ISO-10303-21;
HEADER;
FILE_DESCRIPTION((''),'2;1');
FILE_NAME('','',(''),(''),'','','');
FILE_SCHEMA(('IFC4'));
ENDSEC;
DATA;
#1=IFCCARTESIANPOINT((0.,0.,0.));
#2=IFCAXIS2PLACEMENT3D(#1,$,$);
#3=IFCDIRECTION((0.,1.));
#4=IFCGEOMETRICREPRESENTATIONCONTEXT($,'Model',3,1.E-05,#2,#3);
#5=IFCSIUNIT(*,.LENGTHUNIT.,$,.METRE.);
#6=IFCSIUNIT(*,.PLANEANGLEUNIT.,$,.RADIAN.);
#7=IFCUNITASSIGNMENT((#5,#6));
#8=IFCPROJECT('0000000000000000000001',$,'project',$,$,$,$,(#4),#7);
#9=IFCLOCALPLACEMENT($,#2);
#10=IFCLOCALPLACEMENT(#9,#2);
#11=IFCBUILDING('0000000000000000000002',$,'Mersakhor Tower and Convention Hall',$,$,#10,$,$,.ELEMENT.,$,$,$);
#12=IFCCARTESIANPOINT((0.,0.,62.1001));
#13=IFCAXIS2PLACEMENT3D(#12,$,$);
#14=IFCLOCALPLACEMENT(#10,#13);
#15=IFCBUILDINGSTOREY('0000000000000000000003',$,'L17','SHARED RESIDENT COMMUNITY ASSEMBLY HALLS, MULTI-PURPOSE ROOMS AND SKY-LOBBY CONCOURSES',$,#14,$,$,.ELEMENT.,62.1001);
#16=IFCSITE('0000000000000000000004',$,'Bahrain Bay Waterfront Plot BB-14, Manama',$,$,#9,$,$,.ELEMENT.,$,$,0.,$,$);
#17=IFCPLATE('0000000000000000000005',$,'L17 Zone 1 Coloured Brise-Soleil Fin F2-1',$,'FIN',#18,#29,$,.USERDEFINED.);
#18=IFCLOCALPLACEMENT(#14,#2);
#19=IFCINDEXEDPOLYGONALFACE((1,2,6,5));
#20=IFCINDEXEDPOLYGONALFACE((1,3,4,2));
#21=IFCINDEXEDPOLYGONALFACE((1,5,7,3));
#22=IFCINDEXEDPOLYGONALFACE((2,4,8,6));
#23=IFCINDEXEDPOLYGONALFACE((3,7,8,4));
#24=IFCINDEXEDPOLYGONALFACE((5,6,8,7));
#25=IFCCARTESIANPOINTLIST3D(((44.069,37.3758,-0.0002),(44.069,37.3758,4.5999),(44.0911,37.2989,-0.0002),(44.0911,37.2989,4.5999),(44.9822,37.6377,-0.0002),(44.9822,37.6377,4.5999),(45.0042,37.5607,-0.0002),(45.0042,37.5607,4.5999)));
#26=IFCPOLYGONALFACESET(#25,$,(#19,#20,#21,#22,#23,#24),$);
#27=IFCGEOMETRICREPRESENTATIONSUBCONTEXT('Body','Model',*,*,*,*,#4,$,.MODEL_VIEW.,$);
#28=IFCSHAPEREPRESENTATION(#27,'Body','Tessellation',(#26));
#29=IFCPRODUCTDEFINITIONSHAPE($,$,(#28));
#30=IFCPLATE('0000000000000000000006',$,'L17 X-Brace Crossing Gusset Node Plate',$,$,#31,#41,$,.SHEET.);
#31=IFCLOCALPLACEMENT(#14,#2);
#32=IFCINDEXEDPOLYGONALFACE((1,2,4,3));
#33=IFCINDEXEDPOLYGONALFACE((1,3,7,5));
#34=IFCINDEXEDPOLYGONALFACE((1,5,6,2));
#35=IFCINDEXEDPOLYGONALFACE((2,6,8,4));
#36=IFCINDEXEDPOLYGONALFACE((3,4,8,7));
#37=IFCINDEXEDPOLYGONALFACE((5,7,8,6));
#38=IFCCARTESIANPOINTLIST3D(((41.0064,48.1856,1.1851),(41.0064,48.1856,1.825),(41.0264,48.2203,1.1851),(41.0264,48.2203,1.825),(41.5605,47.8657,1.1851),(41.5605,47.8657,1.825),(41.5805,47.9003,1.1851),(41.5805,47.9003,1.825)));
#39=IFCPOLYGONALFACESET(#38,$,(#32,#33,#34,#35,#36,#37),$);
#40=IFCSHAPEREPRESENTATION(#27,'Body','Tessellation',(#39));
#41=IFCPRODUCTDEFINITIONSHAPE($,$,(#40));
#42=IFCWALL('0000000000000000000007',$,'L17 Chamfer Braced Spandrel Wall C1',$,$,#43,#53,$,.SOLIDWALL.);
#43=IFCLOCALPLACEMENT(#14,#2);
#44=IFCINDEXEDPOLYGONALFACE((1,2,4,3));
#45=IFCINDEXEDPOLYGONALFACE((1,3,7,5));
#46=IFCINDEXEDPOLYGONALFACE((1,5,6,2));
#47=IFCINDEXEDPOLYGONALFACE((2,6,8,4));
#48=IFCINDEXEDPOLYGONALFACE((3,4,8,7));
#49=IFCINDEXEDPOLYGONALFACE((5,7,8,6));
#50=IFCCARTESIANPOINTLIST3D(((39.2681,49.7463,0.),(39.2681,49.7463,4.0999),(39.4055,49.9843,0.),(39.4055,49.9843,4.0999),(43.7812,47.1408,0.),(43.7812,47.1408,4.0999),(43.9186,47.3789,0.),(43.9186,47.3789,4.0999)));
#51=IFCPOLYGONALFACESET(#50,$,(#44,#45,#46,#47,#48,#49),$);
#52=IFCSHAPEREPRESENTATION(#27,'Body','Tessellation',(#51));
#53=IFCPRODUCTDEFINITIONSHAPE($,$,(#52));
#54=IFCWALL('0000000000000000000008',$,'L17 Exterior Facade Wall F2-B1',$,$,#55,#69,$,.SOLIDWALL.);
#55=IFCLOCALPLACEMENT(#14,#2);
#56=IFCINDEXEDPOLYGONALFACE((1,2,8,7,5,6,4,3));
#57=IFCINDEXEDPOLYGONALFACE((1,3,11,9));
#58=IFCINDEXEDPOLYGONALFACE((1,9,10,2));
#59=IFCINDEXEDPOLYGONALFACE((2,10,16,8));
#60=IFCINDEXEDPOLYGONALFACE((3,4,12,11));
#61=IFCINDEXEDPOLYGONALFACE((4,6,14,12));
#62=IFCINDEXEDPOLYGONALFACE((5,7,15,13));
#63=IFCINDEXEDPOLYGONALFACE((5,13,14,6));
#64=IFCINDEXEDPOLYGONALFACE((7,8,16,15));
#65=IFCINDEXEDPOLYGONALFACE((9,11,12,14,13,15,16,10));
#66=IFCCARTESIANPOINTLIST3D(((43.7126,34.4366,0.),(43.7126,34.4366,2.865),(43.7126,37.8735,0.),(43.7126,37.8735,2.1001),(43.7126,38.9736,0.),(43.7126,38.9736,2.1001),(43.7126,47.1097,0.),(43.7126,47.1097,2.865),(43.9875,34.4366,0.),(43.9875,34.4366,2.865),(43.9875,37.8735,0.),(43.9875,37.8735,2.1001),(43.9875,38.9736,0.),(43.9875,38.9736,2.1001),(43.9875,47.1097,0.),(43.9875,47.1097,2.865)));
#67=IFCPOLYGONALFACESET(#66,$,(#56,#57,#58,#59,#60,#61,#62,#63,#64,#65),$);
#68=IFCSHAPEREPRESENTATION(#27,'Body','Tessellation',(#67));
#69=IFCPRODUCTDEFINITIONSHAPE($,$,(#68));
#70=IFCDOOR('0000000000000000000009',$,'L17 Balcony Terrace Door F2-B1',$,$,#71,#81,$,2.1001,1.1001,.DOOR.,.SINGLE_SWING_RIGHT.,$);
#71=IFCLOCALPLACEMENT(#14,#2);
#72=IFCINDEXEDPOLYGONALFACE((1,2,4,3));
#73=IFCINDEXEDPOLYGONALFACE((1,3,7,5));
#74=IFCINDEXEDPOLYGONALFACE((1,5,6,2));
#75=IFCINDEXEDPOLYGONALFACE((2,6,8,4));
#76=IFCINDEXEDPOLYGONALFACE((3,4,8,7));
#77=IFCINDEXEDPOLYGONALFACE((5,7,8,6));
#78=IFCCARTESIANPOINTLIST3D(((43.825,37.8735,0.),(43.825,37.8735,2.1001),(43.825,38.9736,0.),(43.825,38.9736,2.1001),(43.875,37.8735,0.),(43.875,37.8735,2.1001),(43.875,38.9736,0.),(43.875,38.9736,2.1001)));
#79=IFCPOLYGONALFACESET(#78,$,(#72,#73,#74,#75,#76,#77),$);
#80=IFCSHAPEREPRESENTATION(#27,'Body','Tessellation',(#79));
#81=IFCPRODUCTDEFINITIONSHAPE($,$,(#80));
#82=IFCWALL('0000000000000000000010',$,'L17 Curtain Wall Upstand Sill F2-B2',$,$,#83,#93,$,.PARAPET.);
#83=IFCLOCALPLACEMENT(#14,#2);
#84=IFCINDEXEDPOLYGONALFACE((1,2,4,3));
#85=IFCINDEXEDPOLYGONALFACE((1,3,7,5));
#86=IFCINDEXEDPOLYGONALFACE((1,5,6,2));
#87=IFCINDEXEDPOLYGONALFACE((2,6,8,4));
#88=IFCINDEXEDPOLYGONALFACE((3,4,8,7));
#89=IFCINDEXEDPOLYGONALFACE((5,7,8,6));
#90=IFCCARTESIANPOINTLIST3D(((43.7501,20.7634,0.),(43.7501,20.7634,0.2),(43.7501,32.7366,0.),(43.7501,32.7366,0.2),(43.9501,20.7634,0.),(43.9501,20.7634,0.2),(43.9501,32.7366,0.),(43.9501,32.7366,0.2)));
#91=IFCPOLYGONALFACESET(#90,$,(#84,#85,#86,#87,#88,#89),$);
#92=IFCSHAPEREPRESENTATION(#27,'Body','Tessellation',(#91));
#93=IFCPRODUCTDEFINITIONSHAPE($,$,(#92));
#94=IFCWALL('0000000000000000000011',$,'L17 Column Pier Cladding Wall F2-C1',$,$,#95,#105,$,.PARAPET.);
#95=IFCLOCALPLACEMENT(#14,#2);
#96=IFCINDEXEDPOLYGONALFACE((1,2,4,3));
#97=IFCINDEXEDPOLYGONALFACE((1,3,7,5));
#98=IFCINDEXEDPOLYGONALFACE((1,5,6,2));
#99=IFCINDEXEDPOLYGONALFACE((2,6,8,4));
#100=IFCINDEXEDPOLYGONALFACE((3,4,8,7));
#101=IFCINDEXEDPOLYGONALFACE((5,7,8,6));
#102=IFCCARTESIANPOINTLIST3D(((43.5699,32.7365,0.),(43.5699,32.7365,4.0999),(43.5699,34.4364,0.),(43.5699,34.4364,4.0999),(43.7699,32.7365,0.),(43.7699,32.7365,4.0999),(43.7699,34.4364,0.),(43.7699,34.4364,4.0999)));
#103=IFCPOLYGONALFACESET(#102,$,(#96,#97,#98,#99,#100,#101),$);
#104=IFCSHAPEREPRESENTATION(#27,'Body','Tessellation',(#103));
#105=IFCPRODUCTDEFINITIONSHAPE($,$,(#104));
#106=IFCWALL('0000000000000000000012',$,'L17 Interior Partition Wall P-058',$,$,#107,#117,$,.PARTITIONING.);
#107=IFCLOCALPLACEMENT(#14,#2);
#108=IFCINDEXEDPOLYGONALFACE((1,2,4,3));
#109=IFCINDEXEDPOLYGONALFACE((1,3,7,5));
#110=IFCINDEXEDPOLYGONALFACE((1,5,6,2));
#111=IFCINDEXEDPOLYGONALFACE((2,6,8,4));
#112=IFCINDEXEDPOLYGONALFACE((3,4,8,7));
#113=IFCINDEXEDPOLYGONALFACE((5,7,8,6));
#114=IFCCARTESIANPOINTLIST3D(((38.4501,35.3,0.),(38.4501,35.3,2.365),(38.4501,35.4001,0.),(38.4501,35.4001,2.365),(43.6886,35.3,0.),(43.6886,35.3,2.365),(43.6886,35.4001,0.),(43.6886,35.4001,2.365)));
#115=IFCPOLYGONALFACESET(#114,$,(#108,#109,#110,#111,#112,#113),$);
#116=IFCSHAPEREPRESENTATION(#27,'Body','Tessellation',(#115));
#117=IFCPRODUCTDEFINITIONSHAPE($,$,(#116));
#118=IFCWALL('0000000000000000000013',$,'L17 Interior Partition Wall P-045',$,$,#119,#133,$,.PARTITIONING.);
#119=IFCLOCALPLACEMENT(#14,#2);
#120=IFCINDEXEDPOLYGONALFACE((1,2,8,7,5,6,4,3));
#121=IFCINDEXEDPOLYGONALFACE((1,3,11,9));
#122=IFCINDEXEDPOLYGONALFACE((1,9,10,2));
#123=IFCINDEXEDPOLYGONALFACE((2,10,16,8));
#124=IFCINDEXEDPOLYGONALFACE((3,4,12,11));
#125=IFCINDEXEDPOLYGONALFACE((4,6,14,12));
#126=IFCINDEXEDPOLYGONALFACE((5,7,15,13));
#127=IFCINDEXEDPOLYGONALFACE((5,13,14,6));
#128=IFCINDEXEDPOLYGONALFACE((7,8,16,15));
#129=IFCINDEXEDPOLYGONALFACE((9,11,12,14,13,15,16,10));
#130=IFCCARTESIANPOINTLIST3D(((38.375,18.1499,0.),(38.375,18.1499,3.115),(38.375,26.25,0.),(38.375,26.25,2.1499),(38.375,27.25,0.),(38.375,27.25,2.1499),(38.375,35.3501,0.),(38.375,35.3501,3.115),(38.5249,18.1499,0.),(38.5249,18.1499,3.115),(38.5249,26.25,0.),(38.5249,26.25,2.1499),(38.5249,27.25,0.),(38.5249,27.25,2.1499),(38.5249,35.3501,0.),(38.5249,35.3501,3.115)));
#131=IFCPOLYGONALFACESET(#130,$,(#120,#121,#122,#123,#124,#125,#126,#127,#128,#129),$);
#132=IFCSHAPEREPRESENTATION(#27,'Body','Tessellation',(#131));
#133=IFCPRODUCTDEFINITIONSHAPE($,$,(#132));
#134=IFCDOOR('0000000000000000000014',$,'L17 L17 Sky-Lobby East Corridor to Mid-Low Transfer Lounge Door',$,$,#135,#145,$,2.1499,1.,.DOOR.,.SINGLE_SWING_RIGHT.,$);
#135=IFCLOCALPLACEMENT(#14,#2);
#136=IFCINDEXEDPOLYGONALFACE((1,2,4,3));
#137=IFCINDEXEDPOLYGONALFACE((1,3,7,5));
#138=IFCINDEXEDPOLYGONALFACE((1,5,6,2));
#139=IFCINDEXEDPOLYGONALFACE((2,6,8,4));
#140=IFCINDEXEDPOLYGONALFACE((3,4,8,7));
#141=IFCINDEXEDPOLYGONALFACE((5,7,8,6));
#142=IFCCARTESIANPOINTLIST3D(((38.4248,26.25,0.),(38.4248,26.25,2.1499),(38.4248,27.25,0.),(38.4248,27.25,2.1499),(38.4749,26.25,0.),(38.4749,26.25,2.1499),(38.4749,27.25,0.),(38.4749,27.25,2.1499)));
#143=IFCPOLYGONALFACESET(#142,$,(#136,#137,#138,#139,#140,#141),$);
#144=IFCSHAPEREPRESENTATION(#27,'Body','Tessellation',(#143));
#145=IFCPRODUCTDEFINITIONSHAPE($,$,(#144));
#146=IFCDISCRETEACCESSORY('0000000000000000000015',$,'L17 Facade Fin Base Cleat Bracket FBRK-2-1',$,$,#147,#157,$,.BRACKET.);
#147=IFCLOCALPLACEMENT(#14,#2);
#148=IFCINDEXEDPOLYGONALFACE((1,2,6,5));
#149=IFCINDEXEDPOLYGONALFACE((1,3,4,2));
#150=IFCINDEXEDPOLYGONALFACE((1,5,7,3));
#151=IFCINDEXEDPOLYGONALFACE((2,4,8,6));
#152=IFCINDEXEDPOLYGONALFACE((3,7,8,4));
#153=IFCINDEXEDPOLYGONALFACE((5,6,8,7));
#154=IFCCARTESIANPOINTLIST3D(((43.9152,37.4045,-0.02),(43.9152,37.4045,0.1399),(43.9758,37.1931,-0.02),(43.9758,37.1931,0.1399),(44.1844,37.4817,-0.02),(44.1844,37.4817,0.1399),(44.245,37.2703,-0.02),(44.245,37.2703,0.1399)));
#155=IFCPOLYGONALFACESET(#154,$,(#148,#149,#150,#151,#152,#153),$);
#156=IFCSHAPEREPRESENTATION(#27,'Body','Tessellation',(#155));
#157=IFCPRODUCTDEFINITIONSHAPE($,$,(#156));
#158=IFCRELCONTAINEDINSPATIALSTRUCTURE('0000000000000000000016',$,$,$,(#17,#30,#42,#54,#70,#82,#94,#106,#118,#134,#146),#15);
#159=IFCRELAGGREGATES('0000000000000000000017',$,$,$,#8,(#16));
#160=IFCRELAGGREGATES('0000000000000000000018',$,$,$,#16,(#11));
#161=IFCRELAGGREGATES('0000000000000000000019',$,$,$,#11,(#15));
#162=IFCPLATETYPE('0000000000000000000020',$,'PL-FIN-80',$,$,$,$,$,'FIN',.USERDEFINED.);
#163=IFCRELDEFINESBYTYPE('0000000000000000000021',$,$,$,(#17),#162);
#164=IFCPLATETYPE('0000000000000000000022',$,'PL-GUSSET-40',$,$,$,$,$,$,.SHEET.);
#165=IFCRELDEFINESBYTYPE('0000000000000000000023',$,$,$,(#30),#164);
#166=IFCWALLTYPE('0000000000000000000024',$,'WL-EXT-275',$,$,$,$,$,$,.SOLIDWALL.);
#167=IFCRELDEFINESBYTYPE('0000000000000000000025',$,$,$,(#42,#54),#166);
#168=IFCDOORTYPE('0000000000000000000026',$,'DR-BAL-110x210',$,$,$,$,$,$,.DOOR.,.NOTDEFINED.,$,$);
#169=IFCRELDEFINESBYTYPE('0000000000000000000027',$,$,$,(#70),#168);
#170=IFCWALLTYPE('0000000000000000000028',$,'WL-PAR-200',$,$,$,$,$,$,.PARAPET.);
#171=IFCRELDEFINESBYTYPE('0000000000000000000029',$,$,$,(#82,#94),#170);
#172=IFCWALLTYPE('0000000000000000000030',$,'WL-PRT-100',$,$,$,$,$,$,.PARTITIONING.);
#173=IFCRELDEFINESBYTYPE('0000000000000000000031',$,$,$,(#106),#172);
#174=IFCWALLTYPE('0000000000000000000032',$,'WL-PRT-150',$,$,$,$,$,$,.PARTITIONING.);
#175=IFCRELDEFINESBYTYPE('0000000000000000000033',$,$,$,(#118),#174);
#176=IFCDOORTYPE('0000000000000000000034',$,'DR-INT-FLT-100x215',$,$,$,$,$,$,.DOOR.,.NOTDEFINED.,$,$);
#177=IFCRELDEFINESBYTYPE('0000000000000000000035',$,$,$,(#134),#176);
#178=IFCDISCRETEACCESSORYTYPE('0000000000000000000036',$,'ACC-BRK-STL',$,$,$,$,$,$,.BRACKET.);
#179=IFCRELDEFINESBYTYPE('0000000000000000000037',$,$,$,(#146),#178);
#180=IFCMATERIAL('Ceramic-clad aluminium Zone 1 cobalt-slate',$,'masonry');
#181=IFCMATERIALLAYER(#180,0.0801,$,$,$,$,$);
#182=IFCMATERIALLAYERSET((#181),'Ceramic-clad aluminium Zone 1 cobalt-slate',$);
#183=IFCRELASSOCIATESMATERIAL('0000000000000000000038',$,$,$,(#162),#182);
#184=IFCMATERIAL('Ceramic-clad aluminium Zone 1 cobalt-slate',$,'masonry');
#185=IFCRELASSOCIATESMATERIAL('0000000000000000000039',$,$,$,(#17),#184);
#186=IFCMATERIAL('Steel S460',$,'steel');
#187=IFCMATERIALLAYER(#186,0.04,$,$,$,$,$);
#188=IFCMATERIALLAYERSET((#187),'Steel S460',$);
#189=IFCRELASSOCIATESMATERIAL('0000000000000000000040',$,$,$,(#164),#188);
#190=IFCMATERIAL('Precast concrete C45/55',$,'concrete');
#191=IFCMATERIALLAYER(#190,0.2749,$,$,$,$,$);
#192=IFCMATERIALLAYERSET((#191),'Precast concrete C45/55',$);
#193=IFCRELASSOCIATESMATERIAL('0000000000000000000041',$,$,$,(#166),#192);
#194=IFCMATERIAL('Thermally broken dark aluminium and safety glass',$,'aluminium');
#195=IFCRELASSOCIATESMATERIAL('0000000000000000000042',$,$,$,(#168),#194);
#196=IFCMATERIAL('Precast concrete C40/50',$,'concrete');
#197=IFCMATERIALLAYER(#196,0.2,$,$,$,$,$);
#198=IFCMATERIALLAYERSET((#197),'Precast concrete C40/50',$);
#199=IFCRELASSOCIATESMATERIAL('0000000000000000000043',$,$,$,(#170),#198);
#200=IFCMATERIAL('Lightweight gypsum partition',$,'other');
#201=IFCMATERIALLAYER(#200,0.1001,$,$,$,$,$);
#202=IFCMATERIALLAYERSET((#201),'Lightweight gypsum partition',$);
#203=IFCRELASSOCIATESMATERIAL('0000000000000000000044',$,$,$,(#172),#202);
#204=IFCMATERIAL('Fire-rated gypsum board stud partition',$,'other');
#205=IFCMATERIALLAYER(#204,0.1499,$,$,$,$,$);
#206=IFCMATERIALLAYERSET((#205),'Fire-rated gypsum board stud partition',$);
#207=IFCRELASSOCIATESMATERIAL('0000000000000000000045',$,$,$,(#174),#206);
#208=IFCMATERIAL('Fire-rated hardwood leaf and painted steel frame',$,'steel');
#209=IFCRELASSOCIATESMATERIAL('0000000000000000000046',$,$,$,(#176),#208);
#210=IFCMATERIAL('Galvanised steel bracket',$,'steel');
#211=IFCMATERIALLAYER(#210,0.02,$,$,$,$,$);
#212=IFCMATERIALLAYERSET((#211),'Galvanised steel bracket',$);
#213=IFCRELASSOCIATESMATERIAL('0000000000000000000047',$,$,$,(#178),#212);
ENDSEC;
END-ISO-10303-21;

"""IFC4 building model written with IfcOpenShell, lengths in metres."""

from ifc_helpers import new_model, si_unit, direction, frame, frame_2d, origin, origin_2d, place, context, subcontext, project, spatial, rectangle, extrude, material, layer, layer_set, type_object, element, fill, save


model = new_model("IFC4")

# Units and contexts
model_context = context("Model", 3, precision=1e-05, world=origin(), true_north=direction((0.0, 1.0)))
body_context = subcontext(model_context, "Body", "Model", "MODEL_VIEW")
ifc_project = project(units=[si_unit("LENGTHUNIT", "METRE"), si_unit("PLANEANGLEUNIT", "RADIAN")], contexts=[model_context])

# Site, building, storey
site_placement = place(None, origin())
site = spatial("IfcSite", under=ifc_project, at=site_placement, Name="Bahrain Bay Waterfront Plot BB-14, Manama", CompositionType="ELEMENT", RefElevation=0.0)
building_placement = place(site_placement, origin())
building = spatial("IfcBuilding", under=site, at=building_placement, Name="Mersakhor Tower and Convention Hall", CompositionType="ELEMENT")
storey_placement = place(building_placement, frame((0.0, 0.0, 62.1001)))
storey = spatial("IfcBuildingStorey", under=building, at=storey_placement, Name="L17", Description="SHARED RESIDENT COMMUNITY ASSEMBLY HALLS, MULTI-PURPOSE ROOMS AND SKY-LOBBY CONCOURSES", CompositionType="ELEMENT", Elevation=62.1001)

# Plates
ifc_material_1 = material(Name="Ceramic-clad aluminium Zone 1 cobalt-slate", Category="masonry")
ifc_material_2 = material(Name="Ceramic-clad aluminium Zone 1 cobalt-slate", Category="masonry")
ifc_layer_1 = layer(ifc_material_2, 0.0801)
ifc_layer_set_1 = layer_set([ifc_layer_1], Name="Ceramic-clad aluminium Zone 1 cobalt-slate")
plate_type_1 = type_object("IfcPlateType", Name="PL-FIN-80", ElementType="FIN", PredefinedType="USERDEFINED", material=ifc_layer_set_1)
plate_1_placement = place(storey_placement, frame((44.5366, 37.4683, -0.0002), z_axis=(0.0, 0.0, 1.0), x_axis=(0.961262, 0.275637, 0.0)))
element("IfcPlate", 1, at=plate_1_placement, inside=storey, type_object=plate_type_1, material=ifc_material_1, Name="L17 Zone 1 Coloured Brise-Soleil Fin F2-1", ObjectType="FIN", PredefinedType="USERDEFINED", context=body_context, shape_type="SweptSolid", body=[
    extrude(rectangle(XDim=0.95, YDim=0.0801, at=origin_2d()), origin(), (0.0, 0.0, 1.0), 4.6001),
])
ifc_material_3 = material(Name="Steel S460", Category="steel")
ifc_layer_2 = layer(ifc_material_3, 0.04)
ifc_layer_set_2 = layer_set([ifc_layer_2], Name="Steel S460")
plate_type_2 = type_object("IfcPlateType", Name="PL-GUSSET-40", PredefinedType="SHEET", material=ifc_layer_set_2)
plate_2_placement = place(storey_placement, frame((41.2935, 48.043, 1.1851), z_axis=(0.0, 0.0, 1.0), x_axis=(-0.866025, 0.5, 0.0)))
element("IfcPlate", 2, at=plate_2_placement, inside=storey, type_object=plate_type_2, Name="L17 X-Brace Crossing Gusset Node Plate", PredefinedType="SHEET", context=body_context, shape_type="SweptSolid", body=[
    extrude(rectangle(XDim=0.6399, YDim=0.04, at=origin_2d()), origin(), (0.0, 0.0, 1.0), 0.6399),
])

# Wall
ifc_material_4 = material(Name="Precast concrete C45/55", Category="concrete")
ifc_layer_3 = layer(ifc_material_4, 0.2749)
ifc_layer_set_3 = layer_set([ifc_layer_3], Name="Precast concrete C45/55")
wall_type_1 = type_object("IfcWallType", Name="WL-EXT-275", PredefinedType="SOLIDWALL", material=ifc_layer_set_3)
wall_1_placement = place(storey_placement, frame((39.3369, 49.8652, 0.0), z_axis=(0.0, 0.0, 1.0), x_axis=(0.866044, -0.499968, 0.0)))
element("IfcWall", 3, at=wall_1_placement, inside=storey, type_object=wall_type_1, Name="L17 Chamfer Braced Spandrel Wall C1", PredefinedType="SOLIDWALL", context=body_context, shape_type="SweptSolid", body=[
    extrude(rectangle(XDim=5.2112, YDim=0.2749, at=frame_2d((2.6055, 0.0))), origin(), (0.0, 0.0, 1.0), 4.0999),
])

# Wall, opening, door
wall_2_placement = place(storey_placement, frame((43.8501, 47.1096, 0.0), z_axis=(0.0, 0.0, 1.0), x_axis=(0.0, -1.0, 0.0)))
wall_2 = element("IfcWall", 4, at=wall_2_placement, inside=storey, type_object=wall_type_1, Name="L17 Exterior Facade Wall F2-B1", PredefinedType="SOLIDWALL", context=body_context, shape_type="SweptSolid", body=[
    extrude(rectangle(XDim=12.6731, YDim=0.2749, at=frame_2d((6.3364, 0.0))), origin(), (0.0, 0.0, 1.0), 2.865),
])
opening_1_placement = place(wall_2_placement, frame((8.136, 0.0, 0.0)))
opening_1 = element("IfcOpeningElement", 5, at=opening_1_placement, cuts=wall_2, PredefinedType="OPENING", context=body_context, shape_type="SweptSolid", body=[
    extrude(rectangle(XDim=1.1001, YDim=2.1001, at=frame_2d((0.55, 1.05))), frame((0.0, 0.1475, 0.0), z_axis=(0.0, -1.0, 0.0), x_axis=(1.0, 0.0, 0.0)), (0.0, 0.0, 1.0), 0.2949),
])
ifc_material_5 = material(Name="Thermally broken dark aluminium and safety glass", Category="aluminium")
door_type_1 = type_object("IfcDoorType", Name="DR-BAL-110x210", OperationType="NOTDEFINED", PredefinedType="DOOR", material=ifc_material_5)
door_1_placement = place(opening_1_placement, origin())
door_1 = element("IfcDoor", 6, at=door_1_placement, inside=storey, type_object=door_type_1, Name="L17 Balcony Terrace Door F2-B1", OperationType="SINGLE_SWING_RIGHT", OverallHeight=2.1001, OverallWidth=1.1001, PredefinedType="DOOR", context=body_context, shape_type="SweptSolid", body=[
    extrude(rectangle(XDim=1.1001, YDim=2.1001, at=frame_2d((0.55, 1.05))), frame((0.0, 0.0249, 0.0), z_axis=(0.0, -1.0, 0.0), x_axis=(1.0, 0.0, 0.0)), (0.0, 0.0, 1.0), 0.05),
])
fill(opening_1, door_1)

# Walls
ifc_material_6 = material(Name="Precast concrete C40/50", Category="concrete")
ifc_layer_4 = layer(ifc_material_6, 0.2)
ifc_layer_set_4 = layer_set([ifc_layer_4], Name="Precast concrete C40/50")
wall_type_2 = type_object("IfcWallType", Name="WL-PAR-200", PredefinedType="PARAPET", material=ifc_layer_set_4)
wall_3_placement = place(storey_placement, frame((43.8501, 32.7366, 0.0), z_axis=(0.0, 0.0, 1.0), x_axis=(0.0, -1.0, 0.0)))
element("IfcWall", 7, at=wall_3_placement, inside=storey, type_object=wall_type_2, Name="L17 Curtain Wall Upstand Sill F2-B2", PredefinedType="PARAPET", context=body_context, shape_type="SweptSolid", body=[
    extrude(rectangle(XDim=11.9731, YDim=0.2, at=frame_2d((5.9866, 0.0))), origin(), (0.0, 0.0, 1.0), 0.2),
])
wall_4_placement = place(storey_placement, frame((43.6699, 34.4365, 0.0), z_axis=(0.0, 0.0, 1.0), x_axis=(0.0, -1.0, 0.0)))
element("IfcWall", 8, at=wall_4_placement, inside=storey, type_object=wall_type_2, Name="L17 Column Pier Cladding Wall F2-C1", PredefinedType="PARAPET", context=body_context, shape_type="SweptSolid", body=[
    extrude(rectangle(XDim=1.7, YDim=0.2, at=frame_2d((0.8501, 0.0))), origin(), (0.0, 0.0, 1.0), 4.0999),
])
ifc_material_7 = material(Name="Lightweight gypsum partition", Category="other")
ifc_layer_5 = layer(ifc_material_7, 0.1001)
ifc_layer_set_5 = layer_set([ifc_layer_5], Name="Lightweight gypsum partition")
wall_type_3 = type_object("IfcWallType", Name="WL-PRT-100", PredefinedType="PARTITIONING", material=ifc_layer_set_5)
wall_5_placement = place(storey_placement, frame((43.6885, 35.3501, 0.0), z_axis=(0.0, 0.0, 1.0), x_axis=(-1.0, 0.0, 0.0)))
element("IfcWall", 9, at=wall_5_placement, inside=storey, type_object=wall_type_3, Name="L17 Interior Partition Wall P-058", PredefinedType="PARTITIONING", context=body_context, shape_type="SweptSolid", body=[
    extrude(rectangle(XDim=5.2385, YDim=0.1001, at=frame_2d((2.6191, 0.0))), origin(), (0.0, 0.0, 1.0), 2.365),
])

# Wall, opening, door
ifc_material_8 = material(Name="Fire-rated gypsum board stud partition", Category="other")
ifc_layer_6 = layer(ifc_material_8, 0.1499)
ifc_layer_set_6 = layer_set([ifc_layer_6], Name="Fire-rated gypsum board stud partition")
wall_type_4 = type_object("IfcWallType", Name="WL-PRT-150", PredefinedType="PARTITIONING", material=ifc_layer_set_6)
wall_6_placement = place(storey_placement, frame((38.45, 35.3501, 0.0), z_axis=(0.0, 0.0, 1.0), x_axis=(0.0, -1.0, 0.0)))
wall_6 = element("IfcWall", 10, at=wall_6_placement, inside=storey, type_object=wall_type_4, Name="L17 Interior Partition Wall P-045", PredefinedType="PARTITIONING", context=body_context, shape_type="SweptSolid", body=[
    extrude(rectangle(XDim=17.2002, YDim=0.1499, at=frame_2d((8.6001, 0.0))), origin(), (0.0, 0.0, 1.0), 3.115),
])
opening_2_placement = place(wall_6_placement, frame((8.1001, 0.0, 0.0)))
opening_2 = element("IfcOpeningElement", 11, at=opening_2_placement, cuts=wall_6, PredefinedType="OPENING", context=body_context, shape_type="SweptSolid", body=[
    extrude(rectangle(XDim=1.0, YDim=2.1499, at=frame_2d((0.5, 1.075))), frame((0.0, 0.085, 0.0), z_axis=(0.0, -1.0, 0.0), x_axis=(1.0, 0.0, 0.0)), (0.0, 0.0, 1.0), 0.1699),
])
ifc_material_9 = material(Name="Fire-rated hardwood leaf and painted steel frame", Category="steel")
door_type_2 = type_object("IfcDoorType", Name="DR-INT-FLT-100x215", OperationType="NOTDEFINED", PredefinedType="DOOR", material=ifc_material_9)
door_2_placement = place(opening_2_placement, origin())
door_2 = element("IfcDoor", 12, at=door_2_placement, inside=storey, type_object=door_type_2, Name="L17 L17 Sky-Lobby East Corridor to Mid-Low Transfer Lounge Door", OperationType="SINGLE_SWING_RIGHT", OverallHeight=2.1499, OverallWidth=1.0, PredefinedType="DOOR", context=body_context, shape_type="SweptSolid", body=[
    extrude(rectangle(XDim=1.0, YDim=2.1499, at=frame_2d((0.5, 1.075))), frame((0.0, 0.0249, 0.0), z_axis=(0.0, -1.0, 0.0), x_axis=(1.0, 0.0, 0.0)), (0.0, 0.0, 1.0), 0.05),
])
fill(opening_2, door_2)

# Discrete accessory
ifc_material_10 = material(Name="Galvanised steel bracket", Category="steel")
ifc_layer_7 = layer(ifc_material_10, 0.02)
ifc_layer_set_7 = layer_set([ifc_layer_7], Name="Galvanised steel bracket")
discrete_accessory_type = type_object("IfcDiscreteAccessoryType", Name="ACC-BRK-STL", PredefinedType="BRACKET", material=ifc_layer_set_7)
discrete_accessory_placement = place(storey_placement, frame((44.0801, 37.3374, -0.02), z_axis=(0.0, 0.0, 1.0), x_axis=(0.961262, 0.275637, 0.0)))
element("IfcDiscreteAccessory", 13, at=discrete_accessory_placement, inside=storey, type_object=discrete_accessory_type, Name="L17 Facade Fin Base Cleat Bracket FBRK-2-1", PredefinedType="BRACKET", context=body_context, shape_type="SweptSolid", body=[
    extrude(rectangle(XDim=0.28, YDim=0.22, at=origin_2d()), origin(), (0.0, 0.0, 1.0), 0.1599),
])

save(model, "model.ifc")
